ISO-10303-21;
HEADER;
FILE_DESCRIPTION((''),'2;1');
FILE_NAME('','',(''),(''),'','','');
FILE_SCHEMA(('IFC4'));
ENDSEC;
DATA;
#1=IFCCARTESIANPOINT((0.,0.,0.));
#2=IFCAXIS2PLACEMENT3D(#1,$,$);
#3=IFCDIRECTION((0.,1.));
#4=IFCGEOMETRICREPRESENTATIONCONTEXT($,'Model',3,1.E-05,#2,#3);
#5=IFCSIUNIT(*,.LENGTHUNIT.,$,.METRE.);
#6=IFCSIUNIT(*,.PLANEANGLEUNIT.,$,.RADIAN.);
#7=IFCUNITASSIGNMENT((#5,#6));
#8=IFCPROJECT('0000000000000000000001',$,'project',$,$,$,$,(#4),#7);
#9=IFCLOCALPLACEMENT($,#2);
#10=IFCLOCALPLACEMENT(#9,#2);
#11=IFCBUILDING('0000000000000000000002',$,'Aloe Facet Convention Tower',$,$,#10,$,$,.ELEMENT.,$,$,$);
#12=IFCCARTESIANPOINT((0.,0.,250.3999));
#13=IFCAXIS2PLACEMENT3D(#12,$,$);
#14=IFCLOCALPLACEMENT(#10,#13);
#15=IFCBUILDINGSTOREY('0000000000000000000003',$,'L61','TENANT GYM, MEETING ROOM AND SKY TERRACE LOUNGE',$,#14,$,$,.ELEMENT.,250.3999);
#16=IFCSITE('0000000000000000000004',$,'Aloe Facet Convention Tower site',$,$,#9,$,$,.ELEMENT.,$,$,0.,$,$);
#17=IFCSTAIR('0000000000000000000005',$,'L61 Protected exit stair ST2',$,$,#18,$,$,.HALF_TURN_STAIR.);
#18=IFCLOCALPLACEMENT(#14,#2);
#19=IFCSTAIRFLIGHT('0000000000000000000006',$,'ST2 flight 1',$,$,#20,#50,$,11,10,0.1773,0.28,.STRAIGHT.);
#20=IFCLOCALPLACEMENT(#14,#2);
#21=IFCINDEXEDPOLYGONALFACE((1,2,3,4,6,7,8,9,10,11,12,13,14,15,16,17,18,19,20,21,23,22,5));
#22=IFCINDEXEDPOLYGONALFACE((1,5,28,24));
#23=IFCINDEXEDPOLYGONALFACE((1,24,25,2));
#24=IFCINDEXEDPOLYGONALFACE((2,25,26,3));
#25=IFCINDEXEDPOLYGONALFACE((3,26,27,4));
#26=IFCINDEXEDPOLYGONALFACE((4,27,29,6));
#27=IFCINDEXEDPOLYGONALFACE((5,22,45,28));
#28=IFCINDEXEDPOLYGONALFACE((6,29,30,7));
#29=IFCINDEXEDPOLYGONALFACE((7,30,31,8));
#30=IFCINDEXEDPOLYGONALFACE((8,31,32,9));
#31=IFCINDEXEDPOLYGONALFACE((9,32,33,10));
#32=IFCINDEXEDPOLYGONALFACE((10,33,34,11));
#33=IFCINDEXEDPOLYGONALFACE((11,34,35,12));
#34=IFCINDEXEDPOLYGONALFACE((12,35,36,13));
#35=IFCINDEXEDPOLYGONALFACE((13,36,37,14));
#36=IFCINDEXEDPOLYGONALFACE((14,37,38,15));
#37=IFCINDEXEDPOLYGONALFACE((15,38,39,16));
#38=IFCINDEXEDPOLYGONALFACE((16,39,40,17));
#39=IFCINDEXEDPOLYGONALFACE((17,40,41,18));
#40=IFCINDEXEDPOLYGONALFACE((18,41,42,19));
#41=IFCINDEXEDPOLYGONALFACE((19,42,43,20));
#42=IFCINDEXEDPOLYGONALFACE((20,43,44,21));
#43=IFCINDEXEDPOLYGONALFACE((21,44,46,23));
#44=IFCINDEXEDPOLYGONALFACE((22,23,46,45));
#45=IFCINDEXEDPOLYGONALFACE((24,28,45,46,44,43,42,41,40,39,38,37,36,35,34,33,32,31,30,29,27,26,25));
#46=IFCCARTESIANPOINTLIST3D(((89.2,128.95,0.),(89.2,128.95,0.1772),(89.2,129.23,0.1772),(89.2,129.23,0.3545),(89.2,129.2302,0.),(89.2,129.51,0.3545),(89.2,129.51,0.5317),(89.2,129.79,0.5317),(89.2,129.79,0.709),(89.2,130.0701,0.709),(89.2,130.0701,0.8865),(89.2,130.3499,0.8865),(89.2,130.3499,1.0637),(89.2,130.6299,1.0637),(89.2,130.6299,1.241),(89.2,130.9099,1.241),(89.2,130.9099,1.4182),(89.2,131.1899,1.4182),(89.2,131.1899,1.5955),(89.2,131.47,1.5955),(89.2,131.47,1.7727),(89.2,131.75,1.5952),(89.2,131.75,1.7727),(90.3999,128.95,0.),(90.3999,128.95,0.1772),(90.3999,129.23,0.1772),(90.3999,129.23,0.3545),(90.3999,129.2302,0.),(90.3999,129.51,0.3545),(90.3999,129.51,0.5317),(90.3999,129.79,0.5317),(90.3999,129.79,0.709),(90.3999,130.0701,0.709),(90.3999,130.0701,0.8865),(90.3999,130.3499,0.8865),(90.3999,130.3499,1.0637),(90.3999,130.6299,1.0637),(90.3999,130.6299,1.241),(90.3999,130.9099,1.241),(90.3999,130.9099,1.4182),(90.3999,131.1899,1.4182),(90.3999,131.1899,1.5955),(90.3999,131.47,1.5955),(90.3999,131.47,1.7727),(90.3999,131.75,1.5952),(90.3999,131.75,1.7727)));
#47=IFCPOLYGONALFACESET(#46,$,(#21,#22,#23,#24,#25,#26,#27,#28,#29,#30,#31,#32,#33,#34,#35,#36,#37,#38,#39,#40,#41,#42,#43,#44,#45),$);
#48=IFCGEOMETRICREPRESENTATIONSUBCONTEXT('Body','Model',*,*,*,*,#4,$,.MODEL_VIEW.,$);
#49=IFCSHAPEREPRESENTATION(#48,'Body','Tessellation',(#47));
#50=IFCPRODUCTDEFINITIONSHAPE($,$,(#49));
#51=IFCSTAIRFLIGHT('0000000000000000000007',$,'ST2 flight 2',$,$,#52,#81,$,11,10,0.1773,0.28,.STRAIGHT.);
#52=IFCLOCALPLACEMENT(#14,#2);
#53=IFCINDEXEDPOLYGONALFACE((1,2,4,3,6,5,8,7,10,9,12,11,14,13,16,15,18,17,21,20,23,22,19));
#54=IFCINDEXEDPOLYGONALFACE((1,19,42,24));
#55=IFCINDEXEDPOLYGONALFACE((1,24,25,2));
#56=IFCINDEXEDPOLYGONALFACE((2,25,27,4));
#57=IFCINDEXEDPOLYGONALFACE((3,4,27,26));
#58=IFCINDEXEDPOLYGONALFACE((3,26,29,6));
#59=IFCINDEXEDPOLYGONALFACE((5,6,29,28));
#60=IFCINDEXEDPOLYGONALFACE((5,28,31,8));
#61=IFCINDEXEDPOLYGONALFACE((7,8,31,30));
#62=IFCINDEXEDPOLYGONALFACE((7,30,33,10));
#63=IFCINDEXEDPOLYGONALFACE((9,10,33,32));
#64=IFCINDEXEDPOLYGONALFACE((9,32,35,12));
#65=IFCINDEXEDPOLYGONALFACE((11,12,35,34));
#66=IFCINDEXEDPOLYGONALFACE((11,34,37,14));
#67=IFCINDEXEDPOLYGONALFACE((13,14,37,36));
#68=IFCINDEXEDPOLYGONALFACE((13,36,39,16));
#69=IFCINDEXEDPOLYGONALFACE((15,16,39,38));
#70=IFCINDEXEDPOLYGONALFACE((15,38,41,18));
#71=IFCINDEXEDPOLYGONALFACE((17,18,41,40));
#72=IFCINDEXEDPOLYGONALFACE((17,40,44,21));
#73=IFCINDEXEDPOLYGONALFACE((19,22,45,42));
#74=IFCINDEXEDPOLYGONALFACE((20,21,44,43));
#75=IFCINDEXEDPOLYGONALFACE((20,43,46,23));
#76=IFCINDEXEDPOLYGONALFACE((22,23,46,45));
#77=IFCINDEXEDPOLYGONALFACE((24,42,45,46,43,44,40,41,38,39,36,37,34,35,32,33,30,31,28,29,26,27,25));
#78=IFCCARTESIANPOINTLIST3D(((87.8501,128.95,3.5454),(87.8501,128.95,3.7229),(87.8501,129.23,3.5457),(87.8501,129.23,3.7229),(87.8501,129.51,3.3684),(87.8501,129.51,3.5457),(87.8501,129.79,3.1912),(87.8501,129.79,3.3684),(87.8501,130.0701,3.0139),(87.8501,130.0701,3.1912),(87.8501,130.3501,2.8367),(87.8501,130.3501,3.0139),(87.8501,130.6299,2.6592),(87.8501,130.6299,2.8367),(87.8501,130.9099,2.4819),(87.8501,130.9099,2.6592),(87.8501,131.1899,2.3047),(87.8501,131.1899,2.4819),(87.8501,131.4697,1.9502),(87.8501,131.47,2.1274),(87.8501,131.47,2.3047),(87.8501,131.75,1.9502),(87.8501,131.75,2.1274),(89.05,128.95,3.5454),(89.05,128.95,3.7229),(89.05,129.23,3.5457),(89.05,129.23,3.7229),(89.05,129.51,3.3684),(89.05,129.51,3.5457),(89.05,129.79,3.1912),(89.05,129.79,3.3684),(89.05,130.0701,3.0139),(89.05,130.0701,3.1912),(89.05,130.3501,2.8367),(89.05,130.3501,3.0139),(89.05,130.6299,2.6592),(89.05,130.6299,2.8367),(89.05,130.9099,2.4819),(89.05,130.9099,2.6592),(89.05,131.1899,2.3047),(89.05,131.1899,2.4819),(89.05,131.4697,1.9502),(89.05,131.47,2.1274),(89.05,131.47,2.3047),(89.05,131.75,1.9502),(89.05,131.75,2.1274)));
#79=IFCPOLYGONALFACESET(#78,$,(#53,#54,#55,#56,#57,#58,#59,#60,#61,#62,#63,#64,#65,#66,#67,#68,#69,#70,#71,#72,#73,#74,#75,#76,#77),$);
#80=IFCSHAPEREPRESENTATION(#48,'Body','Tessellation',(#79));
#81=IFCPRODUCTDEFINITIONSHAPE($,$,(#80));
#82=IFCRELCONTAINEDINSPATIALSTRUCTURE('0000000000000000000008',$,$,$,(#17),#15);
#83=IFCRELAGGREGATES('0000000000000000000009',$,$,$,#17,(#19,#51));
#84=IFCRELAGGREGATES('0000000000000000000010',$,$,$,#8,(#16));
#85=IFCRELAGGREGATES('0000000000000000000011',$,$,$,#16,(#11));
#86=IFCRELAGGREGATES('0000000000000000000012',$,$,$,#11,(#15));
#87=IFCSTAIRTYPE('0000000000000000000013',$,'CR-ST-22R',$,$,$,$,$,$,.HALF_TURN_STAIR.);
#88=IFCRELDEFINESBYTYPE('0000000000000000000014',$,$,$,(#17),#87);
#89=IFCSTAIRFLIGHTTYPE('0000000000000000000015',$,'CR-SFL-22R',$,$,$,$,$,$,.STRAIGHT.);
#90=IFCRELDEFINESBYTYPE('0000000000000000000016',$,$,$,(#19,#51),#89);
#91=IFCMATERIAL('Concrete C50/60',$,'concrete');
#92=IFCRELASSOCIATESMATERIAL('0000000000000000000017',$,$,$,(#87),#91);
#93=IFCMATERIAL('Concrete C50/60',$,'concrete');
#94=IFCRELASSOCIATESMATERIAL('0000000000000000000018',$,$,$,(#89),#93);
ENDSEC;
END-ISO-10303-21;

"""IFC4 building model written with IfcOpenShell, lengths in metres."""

from ifc_helpers import new_model, si_unit, direction, frame, origin, place, context, subcontext, project, spatial, polyline, outline, extrude, material, type_object, element, aggregate, save


model = new_model("IFC4")

# Units and contexts
model_context = context("Model", 3, precision=1e-05, world=origin(), true_north=direction((0.0, 1.0)))
body_context = subcontext(model_context, "Body", "Model", "MODEL_VIEW")
ifc_project = project(units=[si_unit("LENGTHUNIT", "METRE"), si_unit("PLANEANGLEUNIT", "RADIAN")], contexts=[model_context])

# Site, building, storey
site_placement = place(None, origin())
site = spatial("IfcSite", under=ifc_project, at=site_placement, Name="Aloe Facet Convention Tower site", CompositionType="ELEMENT", RefElevation=0.0)
building_placement = place(site_placement, origin())
building = spatial("IfcBuilding", under=site, at=building_placement, Name="Aloe Facet Convention Tower", CompositionType="ELEMENT")
storey_placement = place(building_placement, frame((0.0, 0.0, 250.3999)))
storey = spatial("IfcBuildingStorey", under=building, at=storey_placement, Name="L61", Description="TENANT GYM, MEETING ROOM AND SKY TERRACE LOUNGE", CompositionType="ELEMENT", Elevation=250.3999)

# Stair, stair flights
ifc_material_1 = material(Name="Concrete C50/60", Category="concrete")
stair_type = type_object("IfcStairType", Name="CR-ST-22R", PredefinedType="HALF_TURN_STAIR", material=ifc_material_1)
stair_placement = place(storey_placement, origin())
stair = element("IfcStair", 1, at=stair_placement, inside=storey, type_object=stair_type, Name="L61 Protected exit stair ST2", PredefinedType="HALF_TURN_STAIR")
ifc_material_2 = material(Name="Concrete C50/60", Category="concrete")
stair_flight_type = type_object("IfcStairFlightType", Name="CR-SFL-22R", PredefinedType="STRAIGHT", material=ifc_material_2)
stair_flight_1_placement = place(storey_placement, frame((89.8, 128.95, 0.0), z_axis=(0.0, 0.0, 1.0), x_axis=(0.0, 1.0, 0.0)))
stair_flight_1 = element("IfcStairFlight", 2, at=stair_flight_1_placement, type_object=stair_flight_type, Name="ST2 flight 1", NumberOfRisers=11, NumberOfTreads=10, PredefinedType="STRAIGHT", RiserHeight=0.1773, TreadLength=0.28, context=body_context, shape_type="SweptSolid", body=[
    extrude(outline(polyline([(0.0, 0.0), (0.0, 0.1772), (0.28, 0.1772), (0.28, 0.3545), (0.5601, 0.3545), (0.5601, 0.5317), (0.8401, 0.5317), (0.8401, 0.709), (1.1201, 0.709), (1.1201, 0.8865), (1.3999, 0.8865), (1.3999, 1.0637), (1.6799, 1.0637), (1.6799, 1.241), (1.96, 1.241), (1.96, 1.4182), (2.24, 1.4182), (2.24, 1.5955), (2.52, 1.5955), (2.52, 1.7727), (2.8, 1.7727), (2.8, 1.95), (2.8, 1.5952), (0.2803, 0.0), (0.0, 0.0)])), frame((0.0, 0.6001, 0.0), z_axis=(0.0, -1.0, 0.0), x_axis=(1.0, 0.0, 0.0)), (0.0, 0.0, 1.0), 1.2),
])
stair_flight_2_placement = place(storey_placement, frame((88.45, 131.75, 1.9502), z_axis=(0.0, 0.0, 1.0), x_axis=(0.0, -1.0, 0.0)))
stair_flight_2 = element("IfcStairFlight", 3, at=stair_flight_2_placement, type_object=stair_flight_type, Name="ST2 flight 2", NumberOfRisers=11, NumberOfTreads=10, PredefinedType="STRAIGHT", RiserHeight=0.1773, TreadLength=0.28, context=body_context, shape_type="SweptSolid", body=[
    extrude(outline(polyline([(0.0, 0.0), (0.0, 0.1772), (0.28, 0.1772), (0.28, 0.3545), (0.5601, 0.3545), (0.5601, 0.5317), (0.8401, 0.5317), (0.8401, 0.709), (1.1201, 0.709), (1.1201, 0.8865), (1.3999, 0.8865), (1.3999, 1.0637), (1.6799, 1.0637), (1.6799, 1.241), (1.96, 1.241), (1.96, 1.4182), (2.24, 1.4182), (2.24, 1.5955), (2.52, 1.5955), (2.52, 1.7727), (2.8, 1.7727), (2.8, 1.95), (2.8, 1.5952), (0.2803, 0.0), (0.0, 0.0)])), frame((0.0, 0.6001, 0.0), z_axis=(0.0, -1.0, 0.0), x_axis=(1.0, 0.0, 0.0)), (0.0, 0.0, 1.0), 1.2),
])
aggregate(stair, [stair_flight_1, stair_flight_2])

save(model, "model.ifc")
